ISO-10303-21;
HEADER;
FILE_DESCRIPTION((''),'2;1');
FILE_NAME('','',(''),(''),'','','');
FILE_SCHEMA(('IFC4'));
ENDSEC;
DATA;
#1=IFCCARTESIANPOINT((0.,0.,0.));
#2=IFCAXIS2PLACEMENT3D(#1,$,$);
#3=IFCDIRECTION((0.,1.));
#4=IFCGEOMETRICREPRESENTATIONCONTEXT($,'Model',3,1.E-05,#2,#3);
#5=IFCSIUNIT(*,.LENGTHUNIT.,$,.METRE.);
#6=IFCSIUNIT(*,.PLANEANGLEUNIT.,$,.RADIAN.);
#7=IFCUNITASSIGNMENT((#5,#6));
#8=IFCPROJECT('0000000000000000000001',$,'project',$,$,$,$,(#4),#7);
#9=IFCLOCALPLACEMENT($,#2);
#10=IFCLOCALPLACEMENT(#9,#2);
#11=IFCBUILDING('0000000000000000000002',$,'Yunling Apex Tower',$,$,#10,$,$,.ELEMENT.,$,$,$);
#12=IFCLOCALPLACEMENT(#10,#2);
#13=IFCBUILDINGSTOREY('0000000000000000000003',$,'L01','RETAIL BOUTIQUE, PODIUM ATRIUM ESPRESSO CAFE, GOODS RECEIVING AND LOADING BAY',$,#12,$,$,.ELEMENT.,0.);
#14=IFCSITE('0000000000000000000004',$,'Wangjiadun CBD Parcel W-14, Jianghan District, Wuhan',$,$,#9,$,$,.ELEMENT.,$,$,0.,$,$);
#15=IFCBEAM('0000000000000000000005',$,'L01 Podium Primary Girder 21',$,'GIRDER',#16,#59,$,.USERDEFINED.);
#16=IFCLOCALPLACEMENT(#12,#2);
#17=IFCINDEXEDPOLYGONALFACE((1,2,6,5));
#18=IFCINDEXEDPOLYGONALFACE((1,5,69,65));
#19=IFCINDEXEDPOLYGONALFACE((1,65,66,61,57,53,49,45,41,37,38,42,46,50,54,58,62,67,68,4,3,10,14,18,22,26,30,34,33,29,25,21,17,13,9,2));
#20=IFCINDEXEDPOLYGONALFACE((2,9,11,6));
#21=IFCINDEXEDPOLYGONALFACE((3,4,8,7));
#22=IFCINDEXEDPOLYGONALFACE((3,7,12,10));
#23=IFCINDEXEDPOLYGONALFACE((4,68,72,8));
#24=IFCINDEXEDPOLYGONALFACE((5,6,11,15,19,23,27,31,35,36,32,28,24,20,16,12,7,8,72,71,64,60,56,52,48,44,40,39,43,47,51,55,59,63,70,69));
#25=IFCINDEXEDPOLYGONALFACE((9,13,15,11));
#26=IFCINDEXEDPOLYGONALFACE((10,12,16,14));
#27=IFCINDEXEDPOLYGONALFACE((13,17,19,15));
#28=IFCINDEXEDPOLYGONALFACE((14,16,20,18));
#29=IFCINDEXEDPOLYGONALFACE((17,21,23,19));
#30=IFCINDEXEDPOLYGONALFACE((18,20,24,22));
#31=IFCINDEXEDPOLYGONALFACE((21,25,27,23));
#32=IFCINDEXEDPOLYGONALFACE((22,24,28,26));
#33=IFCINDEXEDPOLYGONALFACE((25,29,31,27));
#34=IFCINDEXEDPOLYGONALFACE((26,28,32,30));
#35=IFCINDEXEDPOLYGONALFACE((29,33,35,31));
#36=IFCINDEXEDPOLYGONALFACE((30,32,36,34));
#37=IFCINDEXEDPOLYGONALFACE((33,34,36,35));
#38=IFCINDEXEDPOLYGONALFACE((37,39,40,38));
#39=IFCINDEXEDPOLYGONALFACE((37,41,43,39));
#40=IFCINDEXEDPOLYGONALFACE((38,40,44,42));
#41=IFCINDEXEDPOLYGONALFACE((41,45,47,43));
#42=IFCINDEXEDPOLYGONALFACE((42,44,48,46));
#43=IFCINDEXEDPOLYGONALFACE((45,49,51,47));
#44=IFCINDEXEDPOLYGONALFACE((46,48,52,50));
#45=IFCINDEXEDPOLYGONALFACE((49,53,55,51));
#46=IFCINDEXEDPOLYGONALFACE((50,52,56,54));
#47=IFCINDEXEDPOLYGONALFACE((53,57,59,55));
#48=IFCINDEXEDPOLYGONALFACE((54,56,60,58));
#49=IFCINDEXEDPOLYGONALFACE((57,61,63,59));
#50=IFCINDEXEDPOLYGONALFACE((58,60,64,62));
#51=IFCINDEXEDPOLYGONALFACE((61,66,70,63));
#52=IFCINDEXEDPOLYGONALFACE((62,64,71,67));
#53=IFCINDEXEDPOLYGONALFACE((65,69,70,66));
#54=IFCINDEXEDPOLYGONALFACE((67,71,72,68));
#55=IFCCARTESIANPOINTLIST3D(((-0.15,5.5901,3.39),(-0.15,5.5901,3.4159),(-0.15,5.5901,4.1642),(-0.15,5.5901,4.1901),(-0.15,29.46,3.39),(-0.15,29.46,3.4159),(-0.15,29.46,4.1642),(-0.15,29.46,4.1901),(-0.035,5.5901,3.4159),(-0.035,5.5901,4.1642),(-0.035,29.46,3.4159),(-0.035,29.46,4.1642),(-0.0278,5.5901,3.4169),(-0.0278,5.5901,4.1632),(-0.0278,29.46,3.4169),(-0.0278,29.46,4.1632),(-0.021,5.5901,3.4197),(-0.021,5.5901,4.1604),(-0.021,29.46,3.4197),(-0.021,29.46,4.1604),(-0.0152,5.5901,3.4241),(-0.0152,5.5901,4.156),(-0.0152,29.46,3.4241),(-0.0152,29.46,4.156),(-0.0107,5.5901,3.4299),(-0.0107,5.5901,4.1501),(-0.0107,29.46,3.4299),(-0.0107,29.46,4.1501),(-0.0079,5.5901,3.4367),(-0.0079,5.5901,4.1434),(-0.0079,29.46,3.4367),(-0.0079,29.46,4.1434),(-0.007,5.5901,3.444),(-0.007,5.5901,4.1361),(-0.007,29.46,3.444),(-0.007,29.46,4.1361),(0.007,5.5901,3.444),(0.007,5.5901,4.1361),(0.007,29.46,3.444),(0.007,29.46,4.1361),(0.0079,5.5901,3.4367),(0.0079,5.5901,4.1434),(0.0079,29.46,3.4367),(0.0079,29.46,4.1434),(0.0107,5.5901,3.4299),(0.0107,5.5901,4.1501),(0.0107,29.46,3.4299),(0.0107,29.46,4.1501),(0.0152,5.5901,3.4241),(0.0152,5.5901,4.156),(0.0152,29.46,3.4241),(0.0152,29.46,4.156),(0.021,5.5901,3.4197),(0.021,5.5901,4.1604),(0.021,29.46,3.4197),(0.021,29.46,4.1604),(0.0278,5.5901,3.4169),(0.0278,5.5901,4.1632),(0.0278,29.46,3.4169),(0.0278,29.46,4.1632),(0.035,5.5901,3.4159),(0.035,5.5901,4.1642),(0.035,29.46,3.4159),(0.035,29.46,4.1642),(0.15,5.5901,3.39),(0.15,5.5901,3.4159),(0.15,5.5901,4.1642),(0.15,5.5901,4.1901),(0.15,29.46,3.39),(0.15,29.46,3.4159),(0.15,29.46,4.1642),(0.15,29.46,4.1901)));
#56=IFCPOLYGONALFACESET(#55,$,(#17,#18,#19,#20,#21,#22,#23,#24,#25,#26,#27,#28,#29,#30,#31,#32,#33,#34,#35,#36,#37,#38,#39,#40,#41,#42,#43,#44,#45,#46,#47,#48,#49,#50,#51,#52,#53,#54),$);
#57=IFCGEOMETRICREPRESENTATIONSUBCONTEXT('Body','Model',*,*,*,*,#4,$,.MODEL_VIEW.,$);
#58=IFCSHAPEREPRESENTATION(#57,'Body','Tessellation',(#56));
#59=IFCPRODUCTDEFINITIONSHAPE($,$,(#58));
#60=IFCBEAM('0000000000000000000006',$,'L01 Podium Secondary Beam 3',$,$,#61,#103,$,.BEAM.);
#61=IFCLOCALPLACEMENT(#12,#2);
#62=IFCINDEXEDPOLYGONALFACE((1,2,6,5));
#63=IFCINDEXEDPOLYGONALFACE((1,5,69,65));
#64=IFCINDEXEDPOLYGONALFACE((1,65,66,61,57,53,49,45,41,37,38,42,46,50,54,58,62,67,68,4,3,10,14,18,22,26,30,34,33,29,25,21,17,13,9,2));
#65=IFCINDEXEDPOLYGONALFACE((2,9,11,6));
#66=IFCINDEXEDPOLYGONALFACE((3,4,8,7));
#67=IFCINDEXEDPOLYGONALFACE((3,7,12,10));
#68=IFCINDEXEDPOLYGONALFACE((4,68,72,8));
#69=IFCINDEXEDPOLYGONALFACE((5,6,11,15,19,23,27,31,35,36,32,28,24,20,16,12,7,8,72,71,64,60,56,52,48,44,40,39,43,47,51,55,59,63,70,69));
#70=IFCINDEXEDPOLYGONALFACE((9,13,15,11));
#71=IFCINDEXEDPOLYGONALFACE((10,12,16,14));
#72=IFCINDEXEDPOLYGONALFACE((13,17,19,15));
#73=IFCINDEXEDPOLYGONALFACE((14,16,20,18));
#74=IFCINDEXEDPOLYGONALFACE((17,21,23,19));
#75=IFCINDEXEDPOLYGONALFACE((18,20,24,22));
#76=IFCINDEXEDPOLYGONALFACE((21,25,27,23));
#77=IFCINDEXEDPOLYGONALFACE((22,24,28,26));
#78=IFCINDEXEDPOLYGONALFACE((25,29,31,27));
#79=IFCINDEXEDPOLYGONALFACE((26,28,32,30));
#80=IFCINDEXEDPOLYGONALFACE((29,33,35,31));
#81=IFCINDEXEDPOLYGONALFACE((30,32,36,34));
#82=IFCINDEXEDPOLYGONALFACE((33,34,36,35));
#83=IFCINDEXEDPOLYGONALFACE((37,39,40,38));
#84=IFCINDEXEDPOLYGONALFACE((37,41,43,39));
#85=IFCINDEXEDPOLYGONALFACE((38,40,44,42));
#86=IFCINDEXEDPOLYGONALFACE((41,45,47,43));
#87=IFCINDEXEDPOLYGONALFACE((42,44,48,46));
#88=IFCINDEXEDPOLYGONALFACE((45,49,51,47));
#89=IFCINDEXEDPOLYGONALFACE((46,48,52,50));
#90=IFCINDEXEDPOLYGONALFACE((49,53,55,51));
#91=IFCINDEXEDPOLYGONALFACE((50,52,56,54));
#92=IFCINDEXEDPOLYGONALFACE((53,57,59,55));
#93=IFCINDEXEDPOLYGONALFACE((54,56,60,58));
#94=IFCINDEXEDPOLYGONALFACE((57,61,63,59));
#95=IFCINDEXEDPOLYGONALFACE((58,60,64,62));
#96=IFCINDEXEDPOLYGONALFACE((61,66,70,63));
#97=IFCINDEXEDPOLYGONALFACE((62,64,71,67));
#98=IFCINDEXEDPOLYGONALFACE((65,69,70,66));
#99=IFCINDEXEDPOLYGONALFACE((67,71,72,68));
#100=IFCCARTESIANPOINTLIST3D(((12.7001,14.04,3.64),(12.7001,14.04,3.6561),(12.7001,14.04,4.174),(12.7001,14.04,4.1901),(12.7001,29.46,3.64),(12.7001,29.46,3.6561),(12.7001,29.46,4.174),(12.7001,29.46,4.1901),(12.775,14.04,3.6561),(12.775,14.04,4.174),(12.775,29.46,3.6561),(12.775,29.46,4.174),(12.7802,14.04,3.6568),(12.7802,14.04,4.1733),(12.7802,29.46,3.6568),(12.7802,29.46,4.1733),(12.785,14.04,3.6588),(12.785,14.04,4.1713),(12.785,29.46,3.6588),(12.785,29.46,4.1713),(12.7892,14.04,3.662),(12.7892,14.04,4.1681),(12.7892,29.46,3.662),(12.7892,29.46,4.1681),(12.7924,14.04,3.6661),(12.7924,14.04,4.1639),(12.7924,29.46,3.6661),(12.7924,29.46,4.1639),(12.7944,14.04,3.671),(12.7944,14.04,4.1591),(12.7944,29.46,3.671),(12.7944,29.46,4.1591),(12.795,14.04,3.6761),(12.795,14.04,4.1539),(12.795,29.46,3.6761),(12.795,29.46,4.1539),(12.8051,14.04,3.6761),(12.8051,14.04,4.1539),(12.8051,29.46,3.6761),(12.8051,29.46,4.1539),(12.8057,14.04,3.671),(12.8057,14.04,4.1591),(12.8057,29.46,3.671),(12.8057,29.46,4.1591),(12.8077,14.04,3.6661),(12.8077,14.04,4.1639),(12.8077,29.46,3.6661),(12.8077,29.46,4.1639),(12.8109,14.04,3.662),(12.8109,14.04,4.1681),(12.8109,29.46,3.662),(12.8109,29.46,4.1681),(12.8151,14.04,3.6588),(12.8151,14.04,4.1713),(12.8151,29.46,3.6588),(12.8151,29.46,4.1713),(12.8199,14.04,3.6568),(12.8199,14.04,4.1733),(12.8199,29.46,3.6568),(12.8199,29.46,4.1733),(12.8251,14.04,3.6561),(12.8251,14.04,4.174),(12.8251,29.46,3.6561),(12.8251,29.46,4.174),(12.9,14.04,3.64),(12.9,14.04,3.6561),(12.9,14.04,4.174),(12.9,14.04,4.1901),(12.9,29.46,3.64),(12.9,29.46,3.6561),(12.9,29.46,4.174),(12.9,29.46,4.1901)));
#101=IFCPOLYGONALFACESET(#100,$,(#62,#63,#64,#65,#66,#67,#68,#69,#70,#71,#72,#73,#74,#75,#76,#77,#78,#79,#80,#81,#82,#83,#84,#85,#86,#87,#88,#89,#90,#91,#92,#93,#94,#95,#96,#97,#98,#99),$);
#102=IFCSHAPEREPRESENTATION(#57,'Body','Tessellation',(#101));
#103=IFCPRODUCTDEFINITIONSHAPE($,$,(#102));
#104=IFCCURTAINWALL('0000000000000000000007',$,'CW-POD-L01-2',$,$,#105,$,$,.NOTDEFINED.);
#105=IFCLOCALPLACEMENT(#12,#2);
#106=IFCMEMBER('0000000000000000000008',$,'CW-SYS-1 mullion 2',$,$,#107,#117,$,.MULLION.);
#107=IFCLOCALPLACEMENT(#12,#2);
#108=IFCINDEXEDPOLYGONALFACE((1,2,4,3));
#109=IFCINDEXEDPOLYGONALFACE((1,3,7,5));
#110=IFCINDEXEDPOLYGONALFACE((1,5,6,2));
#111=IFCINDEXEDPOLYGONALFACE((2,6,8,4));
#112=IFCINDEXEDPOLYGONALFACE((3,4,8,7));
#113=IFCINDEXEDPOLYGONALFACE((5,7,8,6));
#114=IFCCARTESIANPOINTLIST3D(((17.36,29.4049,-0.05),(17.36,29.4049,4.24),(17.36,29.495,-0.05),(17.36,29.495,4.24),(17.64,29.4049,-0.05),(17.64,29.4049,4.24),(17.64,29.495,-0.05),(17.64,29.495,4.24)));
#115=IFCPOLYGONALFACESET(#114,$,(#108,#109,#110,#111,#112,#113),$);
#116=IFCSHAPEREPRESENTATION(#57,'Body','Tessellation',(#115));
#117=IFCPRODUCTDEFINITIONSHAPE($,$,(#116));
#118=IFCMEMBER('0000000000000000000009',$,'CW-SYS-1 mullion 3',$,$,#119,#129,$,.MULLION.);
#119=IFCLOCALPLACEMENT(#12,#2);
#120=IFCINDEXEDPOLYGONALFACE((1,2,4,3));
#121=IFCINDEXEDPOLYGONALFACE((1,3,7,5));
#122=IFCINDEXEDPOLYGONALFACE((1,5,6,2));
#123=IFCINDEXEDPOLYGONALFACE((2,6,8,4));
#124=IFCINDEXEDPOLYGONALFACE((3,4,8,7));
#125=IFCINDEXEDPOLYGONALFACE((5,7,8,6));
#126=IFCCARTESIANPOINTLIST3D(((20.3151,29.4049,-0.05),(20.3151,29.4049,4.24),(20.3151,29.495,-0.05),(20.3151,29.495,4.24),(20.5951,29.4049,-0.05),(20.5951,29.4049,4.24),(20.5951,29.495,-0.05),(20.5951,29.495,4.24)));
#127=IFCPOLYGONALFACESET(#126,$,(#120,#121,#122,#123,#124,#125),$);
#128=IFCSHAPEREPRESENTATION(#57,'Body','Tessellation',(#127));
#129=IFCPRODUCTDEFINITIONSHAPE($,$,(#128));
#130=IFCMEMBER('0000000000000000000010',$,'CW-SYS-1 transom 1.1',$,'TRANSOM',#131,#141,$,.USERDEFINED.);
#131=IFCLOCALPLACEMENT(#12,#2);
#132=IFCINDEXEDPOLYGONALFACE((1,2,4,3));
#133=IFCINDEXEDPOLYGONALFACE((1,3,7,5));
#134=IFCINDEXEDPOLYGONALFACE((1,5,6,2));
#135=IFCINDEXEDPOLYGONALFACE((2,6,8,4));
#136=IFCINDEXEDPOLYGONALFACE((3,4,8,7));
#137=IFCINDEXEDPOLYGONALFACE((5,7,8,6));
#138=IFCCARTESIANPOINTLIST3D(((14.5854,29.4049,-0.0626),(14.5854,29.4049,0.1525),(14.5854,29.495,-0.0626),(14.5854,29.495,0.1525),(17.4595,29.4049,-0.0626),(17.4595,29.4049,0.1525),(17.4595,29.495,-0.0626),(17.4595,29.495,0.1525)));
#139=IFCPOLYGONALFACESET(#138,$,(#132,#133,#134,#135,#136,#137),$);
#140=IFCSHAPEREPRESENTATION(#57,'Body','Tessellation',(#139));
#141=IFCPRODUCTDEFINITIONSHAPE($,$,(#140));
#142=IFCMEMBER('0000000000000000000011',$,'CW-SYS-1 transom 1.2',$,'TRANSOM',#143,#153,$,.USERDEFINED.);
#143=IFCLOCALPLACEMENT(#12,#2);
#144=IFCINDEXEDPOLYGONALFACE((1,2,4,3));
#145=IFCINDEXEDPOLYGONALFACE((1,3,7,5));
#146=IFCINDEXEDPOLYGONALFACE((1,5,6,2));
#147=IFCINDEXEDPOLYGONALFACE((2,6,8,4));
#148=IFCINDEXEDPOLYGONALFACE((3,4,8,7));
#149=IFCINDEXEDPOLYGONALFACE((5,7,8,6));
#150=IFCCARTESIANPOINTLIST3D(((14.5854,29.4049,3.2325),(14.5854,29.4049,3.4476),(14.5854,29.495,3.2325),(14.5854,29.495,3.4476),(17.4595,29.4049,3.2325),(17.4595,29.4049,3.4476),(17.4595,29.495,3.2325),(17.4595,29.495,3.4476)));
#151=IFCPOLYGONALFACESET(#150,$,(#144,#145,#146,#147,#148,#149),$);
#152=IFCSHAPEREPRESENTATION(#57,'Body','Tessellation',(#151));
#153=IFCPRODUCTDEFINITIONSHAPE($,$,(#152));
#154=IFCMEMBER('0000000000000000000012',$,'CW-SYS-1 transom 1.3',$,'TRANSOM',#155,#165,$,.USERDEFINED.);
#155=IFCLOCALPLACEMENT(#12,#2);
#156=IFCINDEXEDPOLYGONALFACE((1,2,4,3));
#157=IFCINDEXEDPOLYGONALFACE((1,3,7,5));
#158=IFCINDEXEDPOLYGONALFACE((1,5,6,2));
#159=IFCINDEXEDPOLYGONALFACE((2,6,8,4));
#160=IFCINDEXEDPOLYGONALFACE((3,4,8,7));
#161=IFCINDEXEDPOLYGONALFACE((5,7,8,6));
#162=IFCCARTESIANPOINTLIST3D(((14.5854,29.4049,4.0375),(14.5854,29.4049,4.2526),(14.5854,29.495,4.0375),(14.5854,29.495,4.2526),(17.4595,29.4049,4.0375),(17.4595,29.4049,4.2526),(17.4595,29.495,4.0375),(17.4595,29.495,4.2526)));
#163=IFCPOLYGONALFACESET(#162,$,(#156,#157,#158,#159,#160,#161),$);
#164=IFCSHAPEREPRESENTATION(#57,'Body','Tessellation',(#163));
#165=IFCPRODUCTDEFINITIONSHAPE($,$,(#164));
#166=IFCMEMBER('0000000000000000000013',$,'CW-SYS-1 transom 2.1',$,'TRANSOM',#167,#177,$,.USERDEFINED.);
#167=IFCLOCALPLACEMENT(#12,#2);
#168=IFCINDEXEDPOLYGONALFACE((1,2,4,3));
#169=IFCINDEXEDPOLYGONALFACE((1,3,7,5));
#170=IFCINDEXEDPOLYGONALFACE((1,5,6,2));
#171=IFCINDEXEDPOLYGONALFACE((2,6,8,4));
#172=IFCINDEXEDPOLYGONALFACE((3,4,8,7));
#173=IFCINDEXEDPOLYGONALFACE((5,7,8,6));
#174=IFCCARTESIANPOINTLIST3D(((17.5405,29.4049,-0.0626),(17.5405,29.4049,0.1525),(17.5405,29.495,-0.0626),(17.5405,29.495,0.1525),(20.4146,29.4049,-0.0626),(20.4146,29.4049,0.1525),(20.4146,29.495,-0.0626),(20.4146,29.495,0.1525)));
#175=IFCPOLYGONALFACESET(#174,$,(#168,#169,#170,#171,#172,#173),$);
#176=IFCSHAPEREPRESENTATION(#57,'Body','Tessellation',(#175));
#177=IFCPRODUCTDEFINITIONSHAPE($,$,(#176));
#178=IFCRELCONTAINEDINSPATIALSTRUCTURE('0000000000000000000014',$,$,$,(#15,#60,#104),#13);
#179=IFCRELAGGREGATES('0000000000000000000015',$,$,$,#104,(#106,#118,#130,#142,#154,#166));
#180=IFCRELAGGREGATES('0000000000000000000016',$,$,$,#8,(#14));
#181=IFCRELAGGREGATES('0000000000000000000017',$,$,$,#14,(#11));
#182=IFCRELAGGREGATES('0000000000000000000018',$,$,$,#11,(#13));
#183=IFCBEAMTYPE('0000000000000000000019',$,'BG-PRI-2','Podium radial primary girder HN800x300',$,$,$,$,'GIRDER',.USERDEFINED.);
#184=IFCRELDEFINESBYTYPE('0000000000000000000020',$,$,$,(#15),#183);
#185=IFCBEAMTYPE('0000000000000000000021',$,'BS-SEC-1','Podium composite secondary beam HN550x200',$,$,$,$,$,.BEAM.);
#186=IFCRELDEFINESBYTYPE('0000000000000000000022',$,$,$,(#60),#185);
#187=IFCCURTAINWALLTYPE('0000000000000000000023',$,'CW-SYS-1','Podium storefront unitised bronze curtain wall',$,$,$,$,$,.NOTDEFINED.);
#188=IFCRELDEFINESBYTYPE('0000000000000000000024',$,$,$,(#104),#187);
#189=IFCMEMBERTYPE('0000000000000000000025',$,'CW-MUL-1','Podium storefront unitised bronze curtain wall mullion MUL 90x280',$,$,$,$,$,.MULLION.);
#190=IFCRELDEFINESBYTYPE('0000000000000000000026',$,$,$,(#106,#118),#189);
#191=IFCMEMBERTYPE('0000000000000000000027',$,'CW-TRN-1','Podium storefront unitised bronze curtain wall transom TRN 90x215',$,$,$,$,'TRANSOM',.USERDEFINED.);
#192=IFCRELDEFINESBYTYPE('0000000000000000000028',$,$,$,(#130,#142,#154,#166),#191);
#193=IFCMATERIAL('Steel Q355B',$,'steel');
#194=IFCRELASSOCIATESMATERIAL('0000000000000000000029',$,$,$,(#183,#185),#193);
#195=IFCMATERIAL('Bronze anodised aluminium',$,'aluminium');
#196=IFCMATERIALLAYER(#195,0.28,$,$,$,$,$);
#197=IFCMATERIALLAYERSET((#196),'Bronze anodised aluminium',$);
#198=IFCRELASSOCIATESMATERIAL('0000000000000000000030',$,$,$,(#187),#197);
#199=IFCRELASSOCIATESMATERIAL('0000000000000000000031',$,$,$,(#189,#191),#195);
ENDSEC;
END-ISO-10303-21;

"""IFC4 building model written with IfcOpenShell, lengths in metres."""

from ifc_helpers import new_model, si_unit, direction, frame, origin, origin_2d, place, context, subcontext, project, spatial, rectangle, i_section, extrude, source, transform, mapped, material, layer, layer_set, material_profile, profile_set, type_object, element, aggregate, save


model = new_model("IFC4")

# Units and contexts
model_context = context("Model", 3, precision=1e-05, world=origin(), true_north=direction((0.0, 1.0)))
body_context = subcontext(model_context, "Body", "Model", "MODEL_VIEW")
ifc_project = project(units=[si_unit("LENGTHUNIT", "METRE"), si_unit("PLANEANGLEUNIT", "RADIAN")], contexts=[model_context])

# Site, building, storey
site_placement = place(None, origin())
site = spatial("IfcSite", under=ifc_project, at=site_placement, Name="Wangjiadun CBD Parcel W-14, Jianghan District, Wuhan", CompositionType="ELEMENT", RefElevation=0.0)
building_placement = place(site_placement, origin())
building = spatial("IfcBuilding", under=site, at=building_placement, Name="Yunling Apex Tower", CompositionType="ELEMENT")
storey_placement = place(building_placement, origin())
storey = spatial("IfcBuildingStorey", under=building, at=storey_placement, Name="L01", Description="RETAIL BOUTIQUE, PODIUM ATRIUM ESPRESSO CAFE, GOODS RECEIVING AND LOADING BAY", CompositionType="ELEMENT", Elevation=0.0)

# Beams
ifc_material_1 = material(Name="Steel Q355B", Category="steel")
ifc_material_profile_1 = material_profile(ifc_material_1, i_section(OverallWidth=0.3, OverallDepth=0.8, WebThickness=0.0139, FlangeThickness=0.0259, FilletRadius=0.0281, at=origin_2d()))
ifc_profile_set_1 = profile_set([ifc_material_profile_1], Name="Steel Q355B")
beam_type_1 = type_object("IfcBeamType", Name="BG-PRI-2", Description="Podium radial primary girder HN800x300", ElementType="GIRDER", PredefinedType="USERDEFINED", material=ifc_profile_set_1)
shared_shape_1 = source(origin(), body_context, "Body", "SweptSolid", [
    extrude(i_section(OverallWidth=0.3, OverallDepth=0.8, WebThickness=0.0139, FlangeThickness=0.0259, FilletRadius=0.0281, at=origin_2d()), origin(), (0.0, 0.0, 1.0), 23.8699),
])
beam_1_placement = place(storey_placement, frame((0.0, 29.46, 3.79), z_axis=(0.0, -1.0, 0.0), x_axis=(1.0, 0.0, 0.0)))
element("IfcBeam", 1, at=beam_1_placement, inside=storey, type_object=beam_type_1, Name="L01 Podium Primary Girder 21", ObjectType="GIRDER", PredefinedType="USERDEFINED", context=body_context, shape_type="MappedRepresentation", body=[
    mapped(shared_shape_1, transform((0.0, 0.0, 0.0), scale=1.0)),
])
ifc_material_profile_2 = material_profile(ifc_material_1, i_section(OverallWidth=0.2, OverallDepth=0.55, WebThickness=0.01, FlangeThickness=0.0161, FilletRadius=0.02, at=origin_2d()))
ifc_profile_set_2 = profile_set([ifc_material_profile_2], Name="Steel Q355B")
beam_type_2 = type_object("IfcBeamType", Name="BS-SEC-1", Description="Podium composite secondary beam HN550x200", PredefinedType="BEAM", material=ifc_profile_set_2)
shared_shape_2 = source(origin(), body_context, "Body", "SweptSolid", [
    extrude(i_section(OverallWidth=0.2, OverallDepth=0.55, WebThickness=0.01, FlangeThickness=0.0161, FilletRadius=0.02, at=origin_2d()), origin(), (0.0, 0.0, 1.0), 15.4199),
])
beam_2_placement = place(storey_placement, frame((12.8, 29.46, 3.915), z_axis=(0.0, -1.0, 0.0), x_axis=(1.0, 0.0, 0.0)))
element("IfcBeam", 2, at=beam_2_placement, inside=storey, type_object=beam_type_2, Name="L01 Podium Secondary Beam 3", PredefinedType="BEAM", context=body_context, shape_type="MappedRepresentation", body=[
    mapped(shared_shape_2, transform((0.0, 0.0, 0.0), scale=1.0)),
])

# Curtain wall, members
ifc_material_2 = material(Name="Bronze anodised aluminium", Category="aluminium")
ifc_layer_1 = layer(ifc_material_2, 0.28)
ifc_layer_set_1 = layer_set([ifc_layer_1], Name="Bronze anodised aluminium")
curtain_wall_type = type_object("IfcCurtainWallType", Name="CW-SYS-1", Description="Podium storefront unitised bronze curtain wall", PredefinedType="NOTDEFINED", material=ifc_layer_set_1)
curtain_wall_placement = place(storey_placement, origin())
curtain_wall = element("IfcCurtainWall", 3, at=curtain_wall_placement, inside=storey, type_object=curtain_wall_type, Name="CW-POD-L01-2", PredefinedType="NOTDEFINED")
ifc_material_profile_3 = material_profile(ifc_material_2, rectangle(XDim=0.0901, YDim=0.28, at=origin_2d()))
ifc_profile_set_3 = profile_set([ifc_material_profile_3], Name="Bronze anodised aluminium")
member_type_1 = type_object("IfcMemberType", Name="CW-MUL-1", Description="Podium storefront unitised bronze curtain wall mullion MUL 90x280", PredefinedType="MULLION", material=ifc_profile_set_3)
shared_shape_3 = source(origin(), body_context, "Body", "SweptSolid", [
    extrude(rectangle(XDim=0.0901, YDim=0.28, at=origin_2d()), origin(), (0.0, 0.0, 1.0), 4.29),
])
member_1_placement = place(storey_placement, frame((17.5, 29.45, -0.05), z_axis=(0.0, 0.0, 1.0), x_axis=(0.0, 1.0, 0.0)))
member_1 = element("IfcMember", 4, at=member_1_placement, type_object=member_type_1, Name="CW-SYS-1 mullion 2", PredefinedType="MULLION", context=body_context, shape_type="MappedRepresentation", body=[
    mapped(shared_shape_3, transform((0.0, 0.0, 0.0), scale=1.0)),
])
member_2_placement = place(storey_placement, frame((20.4551, 29.45, -0.05), z_axis=(0.0, 0.0, 1.0), x_axis=(0.0, 1.0, 0.0)))
member_2 = element("IfcMember", 5, at=member_2_placement, type_object=member_type_1, Name="CW-SYS-1 mullion 3", PredefinedType="MULLION", context=body_context, shape_type="MappedRepresentation", body=[
    mapped(shared_shape_3, transform((0.0, 0.0, 0.0), scale=1.0)),
])
ifc_material_profile_4 = material_profile(ifc_material_2, rectangle(XDim=0.0901, YDim=0.2151, at=origin_2d()))
ifc_profile_set_4 = profile_set([ifc_material_profile_4], Name="Bronze anodised aluminium")
member_type_2 = type_object("IfcMemberType", Name="CW-TRN-1", Description="Podium storefront unitised bronze curtain wall transom TRN 90x215", ElementType="TRANSOM", PredefinedType="USERDEFINED", material=ifc_profile_set_4)
shared_shape_4 = source(origin(), body_context, "Body", "SweptSolid", [
    extrude(rectangle(XDim=0.0901, YDim=0.2151, at=origin_2d()), origin(), (0.0, 0.0, 1.0), 2.874),
])
member_3_placement = place(storey_placement, frame((14.5854, 29.45, 0.0449), z_axis=(1.0, 0.0, 0.0), x_axis=(0.0, 1.0, 0.0)))
member_3 = element("IfcMember", 6, at=member_3_placement, type_object=member_type_2, Name="CW-SYS-1 transom 1.1", ObjectType="TRANSOM", PredefinedType="USERDEFINED", context=body_context, shape_type="MappedRepresentation", body=[
    mapped(shared_shape_4, transform((0.0, 0.0, 0.0), scale=1.0)),
])
member_4_placement = place(storey_placement, frame((14.5854, 29.45, 3.3401), z_axis=(1.0, 0.0, 0.0), x_axis=(0.0, 1.0, 0.0)))
member_4 = element("IfcMember", 7, at=member_4_placement, type_object=member_type_2, Name="CW-SYS-1 transom 1.2", ObjectType="TRANSOM", PredefinedType="USERDEFINED", context=body_context, shape_type="MappedRepresentation", body=[
    mapped(shared_shape_4, transform((0.0, 0.0, 0.0), scale=1.0)),
])
member_5_placement = place(storey_placement, frame((14.5854, 29.45, 4.145), z_axis=(1.0, 0.0, 0.0), x_axis=(0.0, 1.0, 0.0)))
member_5 = element("IfcMember", 8, at=member_5_placement, type_object=member_type_2, Name="CW-SYS-1 transom 1.3", ObjectType="TRANSOM", PredefinedType="USERDEFINED", context=body_context, shape_type="MappedRepresentation", body=[
    mapped(shared_shape_4, transform((0.0, 0.0, 0.0), scale=1.0)),
])
member_6_placement = place(storey_placement, frame((17.5405, 29.45, 0.0449), z_axis=(1.0, 0.0, 0.0), x_axis=(0.0, 1.0, 0.0)))
member_6 = element("IfcMember", 9, at=member_6_placement, type_object=member_type_2, Name="CW-SYS-1 transom 2.1", ObjectType="TRANSOM", PredefinedType="USERDEFINED", context=body_context, shape_type="MappedRepresentation", body=[
    mapped(shared_shape_4, transform((0.0, 0.0, 0.0), scale=1.0)),
])
aggregate(curtain_wall, [member_1, member_2, member_3, member_4, member_5, member_6])

save(model, "model.ifc")
